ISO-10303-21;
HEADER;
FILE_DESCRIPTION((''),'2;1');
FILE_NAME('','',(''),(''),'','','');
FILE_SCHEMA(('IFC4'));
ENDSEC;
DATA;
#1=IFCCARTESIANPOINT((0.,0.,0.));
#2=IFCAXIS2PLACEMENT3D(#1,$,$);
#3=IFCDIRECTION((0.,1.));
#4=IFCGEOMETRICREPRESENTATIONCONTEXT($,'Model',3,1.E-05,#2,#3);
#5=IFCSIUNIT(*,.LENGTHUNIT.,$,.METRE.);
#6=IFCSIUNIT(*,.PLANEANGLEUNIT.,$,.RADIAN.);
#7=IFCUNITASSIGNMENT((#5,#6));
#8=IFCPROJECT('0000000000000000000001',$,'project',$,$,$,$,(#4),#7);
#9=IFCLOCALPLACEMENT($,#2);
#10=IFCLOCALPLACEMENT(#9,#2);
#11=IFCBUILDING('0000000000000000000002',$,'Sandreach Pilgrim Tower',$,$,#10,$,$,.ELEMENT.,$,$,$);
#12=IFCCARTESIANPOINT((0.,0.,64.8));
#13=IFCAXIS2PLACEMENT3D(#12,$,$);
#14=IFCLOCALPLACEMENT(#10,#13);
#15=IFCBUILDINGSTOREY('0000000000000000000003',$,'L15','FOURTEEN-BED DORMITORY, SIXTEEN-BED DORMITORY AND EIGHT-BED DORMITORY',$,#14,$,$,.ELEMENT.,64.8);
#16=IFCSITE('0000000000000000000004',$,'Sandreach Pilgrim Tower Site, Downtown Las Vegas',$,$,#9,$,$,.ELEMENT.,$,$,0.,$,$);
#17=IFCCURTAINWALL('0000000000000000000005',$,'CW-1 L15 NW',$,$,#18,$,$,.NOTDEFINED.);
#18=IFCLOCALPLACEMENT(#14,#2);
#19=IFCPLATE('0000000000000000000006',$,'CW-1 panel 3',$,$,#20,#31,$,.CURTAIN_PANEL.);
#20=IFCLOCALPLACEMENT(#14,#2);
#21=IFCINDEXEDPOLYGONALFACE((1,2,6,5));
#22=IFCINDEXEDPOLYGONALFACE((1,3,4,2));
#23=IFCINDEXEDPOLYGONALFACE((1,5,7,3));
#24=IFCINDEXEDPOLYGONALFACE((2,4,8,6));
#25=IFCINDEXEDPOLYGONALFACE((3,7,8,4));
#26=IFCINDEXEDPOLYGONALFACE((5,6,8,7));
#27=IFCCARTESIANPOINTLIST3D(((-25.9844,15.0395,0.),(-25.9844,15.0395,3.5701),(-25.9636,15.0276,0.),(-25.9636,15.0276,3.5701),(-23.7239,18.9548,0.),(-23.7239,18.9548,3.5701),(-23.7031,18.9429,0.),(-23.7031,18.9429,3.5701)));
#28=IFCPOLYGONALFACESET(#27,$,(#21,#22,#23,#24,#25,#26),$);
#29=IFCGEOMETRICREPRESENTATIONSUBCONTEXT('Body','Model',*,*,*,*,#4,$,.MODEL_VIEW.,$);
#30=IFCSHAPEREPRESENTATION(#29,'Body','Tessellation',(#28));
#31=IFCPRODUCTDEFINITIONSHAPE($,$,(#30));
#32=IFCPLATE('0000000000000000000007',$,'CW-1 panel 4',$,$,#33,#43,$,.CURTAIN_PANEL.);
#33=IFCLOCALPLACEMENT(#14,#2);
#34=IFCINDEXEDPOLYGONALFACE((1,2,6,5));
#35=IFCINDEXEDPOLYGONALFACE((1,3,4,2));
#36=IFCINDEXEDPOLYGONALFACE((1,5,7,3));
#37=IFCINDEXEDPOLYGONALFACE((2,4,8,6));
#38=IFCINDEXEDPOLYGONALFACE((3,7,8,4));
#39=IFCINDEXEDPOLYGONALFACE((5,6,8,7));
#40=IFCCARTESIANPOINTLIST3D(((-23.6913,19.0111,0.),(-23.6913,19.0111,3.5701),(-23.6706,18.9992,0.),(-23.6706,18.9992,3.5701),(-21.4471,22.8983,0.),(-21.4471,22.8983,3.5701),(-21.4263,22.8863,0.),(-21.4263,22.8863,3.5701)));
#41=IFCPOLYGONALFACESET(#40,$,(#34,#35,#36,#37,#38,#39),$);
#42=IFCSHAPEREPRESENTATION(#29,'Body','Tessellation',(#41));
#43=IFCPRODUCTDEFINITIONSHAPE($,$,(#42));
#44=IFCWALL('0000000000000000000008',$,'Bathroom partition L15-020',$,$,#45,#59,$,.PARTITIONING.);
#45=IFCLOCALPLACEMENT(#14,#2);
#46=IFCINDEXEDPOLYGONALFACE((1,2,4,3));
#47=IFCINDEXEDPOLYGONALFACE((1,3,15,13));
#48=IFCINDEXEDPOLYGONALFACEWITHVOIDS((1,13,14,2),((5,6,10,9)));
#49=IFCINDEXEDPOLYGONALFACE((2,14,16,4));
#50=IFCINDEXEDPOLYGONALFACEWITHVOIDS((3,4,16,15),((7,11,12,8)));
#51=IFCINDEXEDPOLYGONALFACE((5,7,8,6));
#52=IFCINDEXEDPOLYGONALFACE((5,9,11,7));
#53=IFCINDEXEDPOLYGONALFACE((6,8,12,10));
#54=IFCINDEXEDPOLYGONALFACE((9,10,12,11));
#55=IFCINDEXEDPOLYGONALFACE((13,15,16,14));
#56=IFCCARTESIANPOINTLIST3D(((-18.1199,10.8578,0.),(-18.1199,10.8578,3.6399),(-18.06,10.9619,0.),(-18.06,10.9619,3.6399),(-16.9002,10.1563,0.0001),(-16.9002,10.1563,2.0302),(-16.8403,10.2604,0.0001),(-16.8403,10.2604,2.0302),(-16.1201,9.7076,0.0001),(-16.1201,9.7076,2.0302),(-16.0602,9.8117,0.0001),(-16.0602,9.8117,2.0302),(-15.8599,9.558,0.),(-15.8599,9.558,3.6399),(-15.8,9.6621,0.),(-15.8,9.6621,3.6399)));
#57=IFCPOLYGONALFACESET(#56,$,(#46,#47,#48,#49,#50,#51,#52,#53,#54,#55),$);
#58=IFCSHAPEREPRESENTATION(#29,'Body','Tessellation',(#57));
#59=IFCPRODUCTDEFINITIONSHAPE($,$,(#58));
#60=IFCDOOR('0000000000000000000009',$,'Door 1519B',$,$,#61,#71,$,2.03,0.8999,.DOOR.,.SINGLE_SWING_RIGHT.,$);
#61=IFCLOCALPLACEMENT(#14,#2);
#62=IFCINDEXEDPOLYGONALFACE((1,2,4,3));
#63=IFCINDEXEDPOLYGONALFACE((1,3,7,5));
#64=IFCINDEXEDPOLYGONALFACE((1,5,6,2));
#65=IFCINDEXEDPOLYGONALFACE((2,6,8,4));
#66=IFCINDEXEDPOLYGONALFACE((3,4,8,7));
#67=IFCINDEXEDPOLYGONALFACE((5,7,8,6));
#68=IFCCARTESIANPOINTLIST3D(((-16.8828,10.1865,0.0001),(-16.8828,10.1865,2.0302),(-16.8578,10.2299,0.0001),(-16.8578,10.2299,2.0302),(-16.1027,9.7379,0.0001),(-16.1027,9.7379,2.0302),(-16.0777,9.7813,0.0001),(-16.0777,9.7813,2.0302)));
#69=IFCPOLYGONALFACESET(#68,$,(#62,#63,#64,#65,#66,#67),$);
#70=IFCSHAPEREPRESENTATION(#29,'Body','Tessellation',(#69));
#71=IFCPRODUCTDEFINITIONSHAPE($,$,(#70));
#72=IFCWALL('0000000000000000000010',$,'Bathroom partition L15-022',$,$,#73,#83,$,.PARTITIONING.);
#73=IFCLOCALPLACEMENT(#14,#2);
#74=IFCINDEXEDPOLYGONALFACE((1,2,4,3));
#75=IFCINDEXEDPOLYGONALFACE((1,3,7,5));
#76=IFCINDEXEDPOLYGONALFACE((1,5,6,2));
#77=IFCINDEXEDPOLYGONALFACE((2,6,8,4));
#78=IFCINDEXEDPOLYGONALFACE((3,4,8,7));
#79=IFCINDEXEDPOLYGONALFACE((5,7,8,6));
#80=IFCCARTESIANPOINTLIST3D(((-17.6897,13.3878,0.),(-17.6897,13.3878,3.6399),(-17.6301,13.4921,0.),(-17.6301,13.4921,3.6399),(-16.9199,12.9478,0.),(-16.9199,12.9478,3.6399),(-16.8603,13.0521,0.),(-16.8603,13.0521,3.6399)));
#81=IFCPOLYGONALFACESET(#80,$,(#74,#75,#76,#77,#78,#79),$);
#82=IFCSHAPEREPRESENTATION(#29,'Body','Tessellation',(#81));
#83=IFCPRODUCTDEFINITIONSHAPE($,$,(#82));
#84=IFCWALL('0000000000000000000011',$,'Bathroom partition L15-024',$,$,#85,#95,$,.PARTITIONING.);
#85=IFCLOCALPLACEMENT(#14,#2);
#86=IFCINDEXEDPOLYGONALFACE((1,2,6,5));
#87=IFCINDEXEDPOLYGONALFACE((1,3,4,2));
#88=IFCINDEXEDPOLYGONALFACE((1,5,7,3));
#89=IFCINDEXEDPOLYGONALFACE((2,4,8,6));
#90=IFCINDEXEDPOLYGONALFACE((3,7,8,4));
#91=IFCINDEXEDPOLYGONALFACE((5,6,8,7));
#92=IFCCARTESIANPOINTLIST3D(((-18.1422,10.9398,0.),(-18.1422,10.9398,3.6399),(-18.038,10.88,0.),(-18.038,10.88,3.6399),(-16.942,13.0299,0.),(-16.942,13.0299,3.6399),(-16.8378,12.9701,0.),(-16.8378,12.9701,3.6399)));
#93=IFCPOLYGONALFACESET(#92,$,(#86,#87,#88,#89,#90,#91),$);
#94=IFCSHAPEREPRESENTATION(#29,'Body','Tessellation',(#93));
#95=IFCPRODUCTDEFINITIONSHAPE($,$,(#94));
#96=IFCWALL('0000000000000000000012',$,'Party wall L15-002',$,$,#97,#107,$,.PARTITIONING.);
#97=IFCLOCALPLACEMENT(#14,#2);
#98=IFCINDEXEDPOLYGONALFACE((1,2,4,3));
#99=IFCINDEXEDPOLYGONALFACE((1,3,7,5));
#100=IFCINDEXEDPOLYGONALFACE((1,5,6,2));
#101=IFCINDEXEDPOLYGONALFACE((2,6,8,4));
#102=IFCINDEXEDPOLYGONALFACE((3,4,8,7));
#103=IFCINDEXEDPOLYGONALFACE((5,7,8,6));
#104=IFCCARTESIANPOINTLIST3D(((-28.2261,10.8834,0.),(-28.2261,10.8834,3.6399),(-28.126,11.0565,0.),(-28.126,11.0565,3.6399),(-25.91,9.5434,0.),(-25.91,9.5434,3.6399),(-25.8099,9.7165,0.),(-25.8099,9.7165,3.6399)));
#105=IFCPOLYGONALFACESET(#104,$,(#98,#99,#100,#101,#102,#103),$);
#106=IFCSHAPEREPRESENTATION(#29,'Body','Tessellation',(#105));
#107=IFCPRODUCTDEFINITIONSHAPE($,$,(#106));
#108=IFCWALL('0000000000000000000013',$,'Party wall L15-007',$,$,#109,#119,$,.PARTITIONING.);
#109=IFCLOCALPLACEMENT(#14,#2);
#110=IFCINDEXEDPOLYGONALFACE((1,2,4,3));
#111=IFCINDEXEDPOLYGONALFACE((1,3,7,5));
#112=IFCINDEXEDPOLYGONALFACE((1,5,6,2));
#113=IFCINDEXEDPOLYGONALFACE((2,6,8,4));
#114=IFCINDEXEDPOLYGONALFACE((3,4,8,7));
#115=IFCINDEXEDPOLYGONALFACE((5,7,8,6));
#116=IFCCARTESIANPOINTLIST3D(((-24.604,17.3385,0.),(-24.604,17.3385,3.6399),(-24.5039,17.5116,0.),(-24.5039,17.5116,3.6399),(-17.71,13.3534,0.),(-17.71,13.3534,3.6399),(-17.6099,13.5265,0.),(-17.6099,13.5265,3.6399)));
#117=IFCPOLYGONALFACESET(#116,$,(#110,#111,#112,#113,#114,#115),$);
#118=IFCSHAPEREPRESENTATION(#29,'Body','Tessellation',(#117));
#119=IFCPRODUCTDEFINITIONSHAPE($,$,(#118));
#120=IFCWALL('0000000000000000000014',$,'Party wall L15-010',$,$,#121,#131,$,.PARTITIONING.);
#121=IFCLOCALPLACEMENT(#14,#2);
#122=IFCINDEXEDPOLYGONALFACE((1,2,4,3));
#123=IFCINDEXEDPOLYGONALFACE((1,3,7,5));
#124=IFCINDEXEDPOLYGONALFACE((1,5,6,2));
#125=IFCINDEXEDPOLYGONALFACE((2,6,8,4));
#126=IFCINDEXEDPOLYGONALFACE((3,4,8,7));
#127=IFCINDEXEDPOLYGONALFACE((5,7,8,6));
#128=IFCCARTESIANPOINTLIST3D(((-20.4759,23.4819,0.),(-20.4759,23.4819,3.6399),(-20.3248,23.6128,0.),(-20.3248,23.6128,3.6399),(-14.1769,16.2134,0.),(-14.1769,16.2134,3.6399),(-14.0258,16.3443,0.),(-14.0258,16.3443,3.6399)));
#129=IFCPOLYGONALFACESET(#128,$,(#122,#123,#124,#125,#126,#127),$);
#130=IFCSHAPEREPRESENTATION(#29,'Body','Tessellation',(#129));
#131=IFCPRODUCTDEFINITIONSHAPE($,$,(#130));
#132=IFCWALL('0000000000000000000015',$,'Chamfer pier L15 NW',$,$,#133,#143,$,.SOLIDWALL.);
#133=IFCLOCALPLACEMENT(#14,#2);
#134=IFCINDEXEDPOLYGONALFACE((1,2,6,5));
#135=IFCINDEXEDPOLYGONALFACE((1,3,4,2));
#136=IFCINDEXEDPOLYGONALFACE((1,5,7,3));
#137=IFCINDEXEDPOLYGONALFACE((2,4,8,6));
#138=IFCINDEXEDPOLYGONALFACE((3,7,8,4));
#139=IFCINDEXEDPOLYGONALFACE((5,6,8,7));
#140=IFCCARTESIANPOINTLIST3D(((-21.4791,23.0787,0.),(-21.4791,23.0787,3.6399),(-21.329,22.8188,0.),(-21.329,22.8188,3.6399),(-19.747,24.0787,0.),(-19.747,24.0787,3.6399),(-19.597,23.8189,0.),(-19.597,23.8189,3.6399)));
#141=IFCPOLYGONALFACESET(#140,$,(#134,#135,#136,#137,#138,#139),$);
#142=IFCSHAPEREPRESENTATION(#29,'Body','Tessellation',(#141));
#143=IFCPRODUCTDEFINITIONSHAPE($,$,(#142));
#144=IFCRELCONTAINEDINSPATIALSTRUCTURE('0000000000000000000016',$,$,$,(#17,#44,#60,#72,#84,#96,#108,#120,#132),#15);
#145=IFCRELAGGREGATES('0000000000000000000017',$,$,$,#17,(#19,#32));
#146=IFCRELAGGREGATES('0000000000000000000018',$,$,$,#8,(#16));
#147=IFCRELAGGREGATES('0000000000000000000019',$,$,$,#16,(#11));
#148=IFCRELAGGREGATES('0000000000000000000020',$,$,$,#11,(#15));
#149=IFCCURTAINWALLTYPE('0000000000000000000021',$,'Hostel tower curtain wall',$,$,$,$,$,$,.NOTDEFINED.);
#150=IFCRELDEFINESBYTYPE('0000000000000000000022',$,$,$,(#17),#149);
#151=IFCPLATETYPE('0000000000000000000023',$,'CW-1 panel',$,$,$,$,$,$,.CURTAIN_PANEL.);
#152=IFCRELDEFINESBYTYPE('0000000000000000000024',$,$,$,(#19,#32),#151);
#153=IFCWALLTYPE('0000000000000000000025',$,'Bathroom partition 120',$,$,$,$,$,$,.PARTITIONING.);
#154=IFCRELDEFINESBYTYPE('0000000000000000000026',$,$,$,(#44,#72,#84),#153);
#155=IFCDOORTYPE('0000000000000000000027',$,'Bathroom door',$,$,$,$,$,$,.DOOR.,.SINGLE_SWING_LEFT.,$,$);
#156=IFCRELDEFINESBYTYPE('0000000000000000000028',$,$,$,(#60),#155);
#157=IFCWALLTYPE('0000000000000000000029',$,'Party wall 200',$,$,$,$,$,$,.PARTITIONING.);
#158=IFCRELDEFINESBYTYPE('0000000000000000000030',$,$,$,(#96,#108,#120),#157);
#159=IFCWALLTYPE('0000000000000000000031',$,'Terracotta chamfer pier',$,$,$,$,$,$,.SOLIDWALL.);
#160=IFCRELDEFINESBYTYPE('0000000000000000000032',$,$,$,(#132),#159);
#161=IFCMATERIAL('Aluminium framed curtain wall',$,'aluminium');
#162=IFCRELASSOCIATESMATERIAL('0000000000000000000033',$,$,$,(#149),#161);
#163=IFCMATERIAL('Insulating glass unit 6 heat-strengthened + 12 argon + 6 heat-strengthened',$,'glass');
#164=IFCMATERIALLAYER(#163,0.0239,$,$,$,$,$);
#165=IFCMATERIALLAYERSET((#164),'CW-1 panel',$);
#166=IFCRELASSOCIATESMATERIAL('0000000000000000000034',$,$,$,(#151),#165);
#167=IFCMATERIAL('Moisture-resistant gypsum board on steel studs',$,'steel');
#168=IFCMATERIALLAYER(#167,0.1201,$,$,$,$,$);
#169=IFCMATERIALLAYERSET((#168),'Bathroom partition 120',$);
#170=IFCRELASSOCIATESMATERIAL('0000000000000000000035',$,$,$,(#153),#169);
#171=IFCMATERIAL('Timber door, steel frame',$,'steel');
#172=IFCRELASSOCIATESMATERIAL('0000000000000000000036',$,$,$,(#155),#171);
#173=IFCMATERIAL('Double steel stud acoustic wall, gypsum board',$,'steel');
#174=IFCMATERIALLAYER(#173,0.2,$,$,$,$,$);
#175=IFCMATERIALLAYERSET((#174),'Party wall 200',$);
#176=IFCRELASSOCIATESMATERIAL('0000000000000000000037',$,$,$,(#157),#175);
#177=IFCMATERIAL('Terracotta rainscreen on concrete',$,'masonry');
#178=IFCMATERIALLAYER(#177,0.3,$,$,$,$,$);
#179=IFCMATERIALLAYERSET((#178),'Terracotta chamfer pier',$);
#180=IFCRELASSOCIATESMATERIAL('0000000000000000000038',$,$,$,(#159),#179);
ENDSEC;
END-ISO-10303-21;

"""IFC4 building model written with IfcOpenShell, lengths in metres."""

from ifc_helpers import new_model, si_unit, direction, frame, frame_2d, origin, origin_2d, place, context, subcontext, project, spatial, rectangle, extrude, material, layer, layer_set, type_object, element, fill, aggregate, save


model = new_model("IFC4")

# Units and contexts
model_context = context("Model", 3, precision=1e-05, world=origin(), true_north=direction((0.0, 1.0)))
body_context = subcontext(model_context, "Body", "Model", "MODEL_VIEW")
ifc_project = project(units=[si_unit("LENGTHUNIT", "METRE"), si_unit("PLANEANGLEUNIT", "RADIAN")], contexts=[model_context])

# Site, building, storey
site_placement = place(None, origin())
site = spatial("IfcSite", under=ifc_project, at=site_placement, Name="Sandreach Pilgrim Tower Site, Downtown Las Vegas", CompositionType="ELEMENT", RefElevation=0.0)
building_placement = place(site_placement, origin())
building = spatial("IfcBuilding", under=site, at=building_placement, Name="Sandreach Pilgrim Tower", CompositionType="ELEMENT")
storey_placement = place(building_placement, frame((0.0, 0.0, 64.8)))
storey = spatial("IfcBuildingStorey", under=building, at=storey_placement, Name="L15", Description="FOURTEEN-BED DORMITORY, SIXTEEN-BED DORMITORY AND EIGHT-BED DORMITORY", CompositionType="ELEMENT", Elevation=64.8)

# Shared definitions
ifc_material_1 = material(Name="Aluminium framed curtain wall", Category="aluminium")
curtain_wall_type = type_object("IfcCurtainWallType", Name="Hostel tower curtain wall", PredefinedType="NOTDEFINED", material=ifc_material_1)

# Curtain wall
curtain_wall_1_placement = place(storey_placement, origin())
curtain_wall_1 = element("IfcCurtainWall", 1, at=curtain_wall_1_placement, inside=storey, type_object=curtain_wall_type, Name="CW-1 L15 NW", PredefinedType="NOTDEFINED")

# Plates
ifc_material_2 = material(Name="Insulating glass unit 6 heat-strengthened + 12 argon + 6 heat-strengthened", Category="glass")
ifc_layer_1 = layer(ifc_material_2, 0.0239)
ifc_layer_set_1 = layer_set([ifc_layer_1], Name="CW-1 panel")
plate_type = type_object("IfcPlateType", Name="CW-1 panel", PredefinedType="CURTAIN_PANEL", material=ifc_layer_set_1)
plate_1_placement = place(storey_placement, frame((-24.8438, 16.9912, 0.0), z_axis=(0.0, 0.0, 1.0), x_axis=(0.5, 0.866025, 0.0)))
plate_1 = element("IfcPlate", 2, at=plate_1_placement, type_object=plate_type, Name="CW-1 panel 3", PredefinedType="CURTAIN_PANEL", context=body_context, shape_type="SweptSolid", body=[
    extrude(rectangle(XDim=4.521, YDim=0.0239, at=origin_2d()), origin(), (0.0, 0.0, 1.0), 3.5701),
])
plate_2_placement = place(storey_placement, frame((-22.5588, 20.9487, 0.0), z_axis=(0.0, 0.0, 1.0), x_axis=(0.5, 0.866025, 0.0)))
plate_2 = element("IfcPlate", 3, at=plate_2_placement, type_object=plate_type, Name="CW-1 panel 4", PredefinedType="CURTAIN_PANEL", context=body_context, shape_type="SweptSolid", body=[
    extrude(rectangle(XDim=4.4885, YDim=0.0239, at=origin_2d()), origin(), (0.0, 0.0, 1.0), 3.5701),
])
aggregate(curtain_wall_1, [plate_1, plate_2])

# Wall, opening, door
ifc_material_3 = material(Name="Moisture-resistant gypsum board on steel studs", Category="steel")
ifc_layer_2 = layer(ifc_material_3, 0.1201)
ifc_layer_set_2 = layer_set([ifc_layer_2], Name="Bathroom partition 120")
wall_type_1 = type_object("IfcWallType", Name="Bathroom partition 120", PredefinedType="PARTITIONING", material=ifc_layer_set_2)
wall_1_placement = place(storey_placement, frame((-18.0901, 10.9099, 0.0), z_axis=(0.0, 0.0, 1.0), x_axis=(0.866857, -0.498557, 0.0)))
wall_1 = element("IfcWall", 4, at=wall_1_placement, inside=storey, type_object=wall_type_1, Name="Bathroom partition L15-020", PredefinedType="PARTITIONING", context=body_context, shape_type="SweptSolid", body=[
    extrude(rectangle(XDim=2.6072, YDim=0.1201, at=frame_2d((1.3037, 0.0))), origin(), (0.0, 0.0, 1.0), 3.6399),
])
opening_placement = place(wall_1_placement, frame((1.4072, 0.0, 0.0)))
opening = element("IfcOpeningElement", 5, at=opening_placement, cuts=wall_1, PredefinedType="OPENING", context=body_context, shape_type="SweptSolid", body=[
    extrude(rectangle(XDim=0.8999, YDim=2.03, at=frame_2d((0.45, 1.0151))), frame((0.0, 0.0601, 0.0), z_axis=(0.0, -1.0, 0.0), x_axis=(1.0, 0.0, 0.0)), (0.0, 0.0, 1.0), 0.1201),
])
ifc_material_4 = material(Name="Timber door, steel frame", Category="steel")
door_type = type_object("IfcDoorType", Name="Bathroom door", OperationType="SINGLE_SWING_LEFT", PredefinedType="DOOR", material=ifc_material_4)
door_placement = place(opening_placement, origin())
door = element("IfcDoor", 6, at=door_placement, inside=storey, type_object=door_type, Name="Door 1519B", OperationType="SINGLE_SWING_RIGHT", OverallHeight=2.03, OverallWidth=0.8999, PredefinedType="DOOR", context=body_context, shape_type="SweptSolid", body=[
    extrude(rectangle(XDim=0.8999, YDim=2.03, at=frame_2d((0.45, 1.0151))), frame((0.0, 0.0249, 0.0), z_axis=(0.0, -1.0, 0.0), x_axis=(1.0, 0.0, 0.0)), (0.0, 0.0, 1.0), 0.05),
])
fill(opening, door)

# Walls
wall_2_placement = place(storey_placement, frame((-17.6599, 13.4399, 0.0), z_axis=(0.0, 0.0, 1.0), x_axis=(0.868209, -0.496198, 0.0)))
element("IfcWall", 7, at=wall_2_placement, inside=storey, type_object=wall_type_1, Name="Bathroom partition L15-022", PredefinedType="PARTITIONING", context=body_context, shape_type="SweptSolid", body=[
    extrude(rectangle(XDim=0.8867, YDim=0.1201, at=frame_2d((0.4434, 0.0))), origin(), (0.0, 0.0, 1.0), 3.6399),
])
wall_3_placement = place(storey_placement, frame((-16.8899, 13.0, 0.0), z_axis=(0.0, 0.0, 1.0), x_axis=(-0.497971, -0.867194, 0.0)))
element("IfcWall", 8, at=wall_3_placement, inside=storey, type_object=wall_type_1, Name="Bathroom partition L15-024", PredefinedType="PARTITIONING", context=body_context, shape_type="SweptSolid", body=[
    extrude(rectangle(XDim=2.4102, YDim=0.1201, at=frame_2d((1.2051, 0.0))), origin(), (0.0, 0.0, 1.0), 3.6399),
])
ifc_material_5 = material(Name="Double steel stud acoustic wall, gypsum board", Category="steel")
ifc_layer_3 = layer(ifc_material_5, 0.2)
ifc_layer_set_3 = layer_set([ifc_layer_3], Name="Party wall 200")
wall_type_2 = type_object("IfcWallType", Name="Party wall 200", PredefinedType="PARTITIONING", material=ifc_layer_set_3)
wall_4_placement = place(storey_placement, frame((-28.176, 10.97, 0.0), z_axis=(0.0, 0.0, 1.0), x_axis=(0.865564, -0.500799, 0.0)))
element("IfcWall", 9, at=wall_4_placement, inside=storey, type_object=wall_type_2, Name="Party wall L15-002", PredefinedType="PARTITIONING", context=body_context, shape_type="SweptSolid", body=[
    extrude(rectangle(XDim=2.6758, YDim=0.2, at=frame_2d((1.3379, 0.0))), origin(), (0.0, 0.0, 1.0), 3.6399),
])
wall_5_placement = place(storey_placement, frame((-24.554, 17.425, 0.0), z_axis=(0.0, 0.0, 1.0), x_axis=(0.865763, -0.500455, 0.0)))
element("IfcWall", 10, at=wall_5_placement, inside=storey, type_object=wall_type_2, Name="Party wall L15-007", PredefinedType="PARTITIONING", context=body_context, shape_type="SweptSolid", body=[
    extrude(rectangle(XDim=7.9629, YDim=0.2, at=frame_2d((3.9814, 0.0))), origin(), (0.0, 0.0, 1.0), 3.6399),
])
wall_6_placement = place(storey_placement, frame((-20.4004, 23.5474, 0.0), z_axis=(0.0, 0.0, 1.0), x_axis=(0.65491, -0.755707, 0.0)))
element("IfcWall", 11, at=wall_6_placement, inside=storey, type_object=wall_type_2, Name="Party wall L15-010", PredefinedType="PARTITIONING", context=body_context, shape_type="SweptSolid", body=[
    extrude(rectangle(XDim=9.6182, YDim=0.2, at=frame_2d((4.8091, 0.0))), origin(), (0.0, 0.0, 1.0), 3.6399),
])
ifc_material_6 = material(Name="Terracotta rainscreen on concrete", Category="masonry")
ifc_layer_4 = layer(ifc_material_6, 0.3)
ifc_layer_set_4 = layer_set([ifc_layer_4], Name="Terracotta chamfer pier")
wall_type_3 = type_object("IfcWallType", Name="Terracotta chamfer pier", PredefinedType="SOLIDWALL", material=ifc_layer_set_4)
wall_7_placement = place(storey_placement, frame((-21.4041, 22.9487, 0.0), z_axis=(0.0, 0.0, 1.0), x_axis=(0.866011, 0.500025, 0.0)))
element("IfcWall", 12, at=wall_7_placement, inside=storey, type_object=wall_type_3, Name="Chamfer pier L15 NW", PredefinedType="SOLIDWALL", context=body_context, shape_type="SweptSolid", body=[
    extrude(rectangle(XDim=2.0, YDim=0.3, at=frame_2d((1.0, 0.0))), origin(), (0.0, 0.0, 1.0), 3.6399),
])

save(model, "model.ifc")
